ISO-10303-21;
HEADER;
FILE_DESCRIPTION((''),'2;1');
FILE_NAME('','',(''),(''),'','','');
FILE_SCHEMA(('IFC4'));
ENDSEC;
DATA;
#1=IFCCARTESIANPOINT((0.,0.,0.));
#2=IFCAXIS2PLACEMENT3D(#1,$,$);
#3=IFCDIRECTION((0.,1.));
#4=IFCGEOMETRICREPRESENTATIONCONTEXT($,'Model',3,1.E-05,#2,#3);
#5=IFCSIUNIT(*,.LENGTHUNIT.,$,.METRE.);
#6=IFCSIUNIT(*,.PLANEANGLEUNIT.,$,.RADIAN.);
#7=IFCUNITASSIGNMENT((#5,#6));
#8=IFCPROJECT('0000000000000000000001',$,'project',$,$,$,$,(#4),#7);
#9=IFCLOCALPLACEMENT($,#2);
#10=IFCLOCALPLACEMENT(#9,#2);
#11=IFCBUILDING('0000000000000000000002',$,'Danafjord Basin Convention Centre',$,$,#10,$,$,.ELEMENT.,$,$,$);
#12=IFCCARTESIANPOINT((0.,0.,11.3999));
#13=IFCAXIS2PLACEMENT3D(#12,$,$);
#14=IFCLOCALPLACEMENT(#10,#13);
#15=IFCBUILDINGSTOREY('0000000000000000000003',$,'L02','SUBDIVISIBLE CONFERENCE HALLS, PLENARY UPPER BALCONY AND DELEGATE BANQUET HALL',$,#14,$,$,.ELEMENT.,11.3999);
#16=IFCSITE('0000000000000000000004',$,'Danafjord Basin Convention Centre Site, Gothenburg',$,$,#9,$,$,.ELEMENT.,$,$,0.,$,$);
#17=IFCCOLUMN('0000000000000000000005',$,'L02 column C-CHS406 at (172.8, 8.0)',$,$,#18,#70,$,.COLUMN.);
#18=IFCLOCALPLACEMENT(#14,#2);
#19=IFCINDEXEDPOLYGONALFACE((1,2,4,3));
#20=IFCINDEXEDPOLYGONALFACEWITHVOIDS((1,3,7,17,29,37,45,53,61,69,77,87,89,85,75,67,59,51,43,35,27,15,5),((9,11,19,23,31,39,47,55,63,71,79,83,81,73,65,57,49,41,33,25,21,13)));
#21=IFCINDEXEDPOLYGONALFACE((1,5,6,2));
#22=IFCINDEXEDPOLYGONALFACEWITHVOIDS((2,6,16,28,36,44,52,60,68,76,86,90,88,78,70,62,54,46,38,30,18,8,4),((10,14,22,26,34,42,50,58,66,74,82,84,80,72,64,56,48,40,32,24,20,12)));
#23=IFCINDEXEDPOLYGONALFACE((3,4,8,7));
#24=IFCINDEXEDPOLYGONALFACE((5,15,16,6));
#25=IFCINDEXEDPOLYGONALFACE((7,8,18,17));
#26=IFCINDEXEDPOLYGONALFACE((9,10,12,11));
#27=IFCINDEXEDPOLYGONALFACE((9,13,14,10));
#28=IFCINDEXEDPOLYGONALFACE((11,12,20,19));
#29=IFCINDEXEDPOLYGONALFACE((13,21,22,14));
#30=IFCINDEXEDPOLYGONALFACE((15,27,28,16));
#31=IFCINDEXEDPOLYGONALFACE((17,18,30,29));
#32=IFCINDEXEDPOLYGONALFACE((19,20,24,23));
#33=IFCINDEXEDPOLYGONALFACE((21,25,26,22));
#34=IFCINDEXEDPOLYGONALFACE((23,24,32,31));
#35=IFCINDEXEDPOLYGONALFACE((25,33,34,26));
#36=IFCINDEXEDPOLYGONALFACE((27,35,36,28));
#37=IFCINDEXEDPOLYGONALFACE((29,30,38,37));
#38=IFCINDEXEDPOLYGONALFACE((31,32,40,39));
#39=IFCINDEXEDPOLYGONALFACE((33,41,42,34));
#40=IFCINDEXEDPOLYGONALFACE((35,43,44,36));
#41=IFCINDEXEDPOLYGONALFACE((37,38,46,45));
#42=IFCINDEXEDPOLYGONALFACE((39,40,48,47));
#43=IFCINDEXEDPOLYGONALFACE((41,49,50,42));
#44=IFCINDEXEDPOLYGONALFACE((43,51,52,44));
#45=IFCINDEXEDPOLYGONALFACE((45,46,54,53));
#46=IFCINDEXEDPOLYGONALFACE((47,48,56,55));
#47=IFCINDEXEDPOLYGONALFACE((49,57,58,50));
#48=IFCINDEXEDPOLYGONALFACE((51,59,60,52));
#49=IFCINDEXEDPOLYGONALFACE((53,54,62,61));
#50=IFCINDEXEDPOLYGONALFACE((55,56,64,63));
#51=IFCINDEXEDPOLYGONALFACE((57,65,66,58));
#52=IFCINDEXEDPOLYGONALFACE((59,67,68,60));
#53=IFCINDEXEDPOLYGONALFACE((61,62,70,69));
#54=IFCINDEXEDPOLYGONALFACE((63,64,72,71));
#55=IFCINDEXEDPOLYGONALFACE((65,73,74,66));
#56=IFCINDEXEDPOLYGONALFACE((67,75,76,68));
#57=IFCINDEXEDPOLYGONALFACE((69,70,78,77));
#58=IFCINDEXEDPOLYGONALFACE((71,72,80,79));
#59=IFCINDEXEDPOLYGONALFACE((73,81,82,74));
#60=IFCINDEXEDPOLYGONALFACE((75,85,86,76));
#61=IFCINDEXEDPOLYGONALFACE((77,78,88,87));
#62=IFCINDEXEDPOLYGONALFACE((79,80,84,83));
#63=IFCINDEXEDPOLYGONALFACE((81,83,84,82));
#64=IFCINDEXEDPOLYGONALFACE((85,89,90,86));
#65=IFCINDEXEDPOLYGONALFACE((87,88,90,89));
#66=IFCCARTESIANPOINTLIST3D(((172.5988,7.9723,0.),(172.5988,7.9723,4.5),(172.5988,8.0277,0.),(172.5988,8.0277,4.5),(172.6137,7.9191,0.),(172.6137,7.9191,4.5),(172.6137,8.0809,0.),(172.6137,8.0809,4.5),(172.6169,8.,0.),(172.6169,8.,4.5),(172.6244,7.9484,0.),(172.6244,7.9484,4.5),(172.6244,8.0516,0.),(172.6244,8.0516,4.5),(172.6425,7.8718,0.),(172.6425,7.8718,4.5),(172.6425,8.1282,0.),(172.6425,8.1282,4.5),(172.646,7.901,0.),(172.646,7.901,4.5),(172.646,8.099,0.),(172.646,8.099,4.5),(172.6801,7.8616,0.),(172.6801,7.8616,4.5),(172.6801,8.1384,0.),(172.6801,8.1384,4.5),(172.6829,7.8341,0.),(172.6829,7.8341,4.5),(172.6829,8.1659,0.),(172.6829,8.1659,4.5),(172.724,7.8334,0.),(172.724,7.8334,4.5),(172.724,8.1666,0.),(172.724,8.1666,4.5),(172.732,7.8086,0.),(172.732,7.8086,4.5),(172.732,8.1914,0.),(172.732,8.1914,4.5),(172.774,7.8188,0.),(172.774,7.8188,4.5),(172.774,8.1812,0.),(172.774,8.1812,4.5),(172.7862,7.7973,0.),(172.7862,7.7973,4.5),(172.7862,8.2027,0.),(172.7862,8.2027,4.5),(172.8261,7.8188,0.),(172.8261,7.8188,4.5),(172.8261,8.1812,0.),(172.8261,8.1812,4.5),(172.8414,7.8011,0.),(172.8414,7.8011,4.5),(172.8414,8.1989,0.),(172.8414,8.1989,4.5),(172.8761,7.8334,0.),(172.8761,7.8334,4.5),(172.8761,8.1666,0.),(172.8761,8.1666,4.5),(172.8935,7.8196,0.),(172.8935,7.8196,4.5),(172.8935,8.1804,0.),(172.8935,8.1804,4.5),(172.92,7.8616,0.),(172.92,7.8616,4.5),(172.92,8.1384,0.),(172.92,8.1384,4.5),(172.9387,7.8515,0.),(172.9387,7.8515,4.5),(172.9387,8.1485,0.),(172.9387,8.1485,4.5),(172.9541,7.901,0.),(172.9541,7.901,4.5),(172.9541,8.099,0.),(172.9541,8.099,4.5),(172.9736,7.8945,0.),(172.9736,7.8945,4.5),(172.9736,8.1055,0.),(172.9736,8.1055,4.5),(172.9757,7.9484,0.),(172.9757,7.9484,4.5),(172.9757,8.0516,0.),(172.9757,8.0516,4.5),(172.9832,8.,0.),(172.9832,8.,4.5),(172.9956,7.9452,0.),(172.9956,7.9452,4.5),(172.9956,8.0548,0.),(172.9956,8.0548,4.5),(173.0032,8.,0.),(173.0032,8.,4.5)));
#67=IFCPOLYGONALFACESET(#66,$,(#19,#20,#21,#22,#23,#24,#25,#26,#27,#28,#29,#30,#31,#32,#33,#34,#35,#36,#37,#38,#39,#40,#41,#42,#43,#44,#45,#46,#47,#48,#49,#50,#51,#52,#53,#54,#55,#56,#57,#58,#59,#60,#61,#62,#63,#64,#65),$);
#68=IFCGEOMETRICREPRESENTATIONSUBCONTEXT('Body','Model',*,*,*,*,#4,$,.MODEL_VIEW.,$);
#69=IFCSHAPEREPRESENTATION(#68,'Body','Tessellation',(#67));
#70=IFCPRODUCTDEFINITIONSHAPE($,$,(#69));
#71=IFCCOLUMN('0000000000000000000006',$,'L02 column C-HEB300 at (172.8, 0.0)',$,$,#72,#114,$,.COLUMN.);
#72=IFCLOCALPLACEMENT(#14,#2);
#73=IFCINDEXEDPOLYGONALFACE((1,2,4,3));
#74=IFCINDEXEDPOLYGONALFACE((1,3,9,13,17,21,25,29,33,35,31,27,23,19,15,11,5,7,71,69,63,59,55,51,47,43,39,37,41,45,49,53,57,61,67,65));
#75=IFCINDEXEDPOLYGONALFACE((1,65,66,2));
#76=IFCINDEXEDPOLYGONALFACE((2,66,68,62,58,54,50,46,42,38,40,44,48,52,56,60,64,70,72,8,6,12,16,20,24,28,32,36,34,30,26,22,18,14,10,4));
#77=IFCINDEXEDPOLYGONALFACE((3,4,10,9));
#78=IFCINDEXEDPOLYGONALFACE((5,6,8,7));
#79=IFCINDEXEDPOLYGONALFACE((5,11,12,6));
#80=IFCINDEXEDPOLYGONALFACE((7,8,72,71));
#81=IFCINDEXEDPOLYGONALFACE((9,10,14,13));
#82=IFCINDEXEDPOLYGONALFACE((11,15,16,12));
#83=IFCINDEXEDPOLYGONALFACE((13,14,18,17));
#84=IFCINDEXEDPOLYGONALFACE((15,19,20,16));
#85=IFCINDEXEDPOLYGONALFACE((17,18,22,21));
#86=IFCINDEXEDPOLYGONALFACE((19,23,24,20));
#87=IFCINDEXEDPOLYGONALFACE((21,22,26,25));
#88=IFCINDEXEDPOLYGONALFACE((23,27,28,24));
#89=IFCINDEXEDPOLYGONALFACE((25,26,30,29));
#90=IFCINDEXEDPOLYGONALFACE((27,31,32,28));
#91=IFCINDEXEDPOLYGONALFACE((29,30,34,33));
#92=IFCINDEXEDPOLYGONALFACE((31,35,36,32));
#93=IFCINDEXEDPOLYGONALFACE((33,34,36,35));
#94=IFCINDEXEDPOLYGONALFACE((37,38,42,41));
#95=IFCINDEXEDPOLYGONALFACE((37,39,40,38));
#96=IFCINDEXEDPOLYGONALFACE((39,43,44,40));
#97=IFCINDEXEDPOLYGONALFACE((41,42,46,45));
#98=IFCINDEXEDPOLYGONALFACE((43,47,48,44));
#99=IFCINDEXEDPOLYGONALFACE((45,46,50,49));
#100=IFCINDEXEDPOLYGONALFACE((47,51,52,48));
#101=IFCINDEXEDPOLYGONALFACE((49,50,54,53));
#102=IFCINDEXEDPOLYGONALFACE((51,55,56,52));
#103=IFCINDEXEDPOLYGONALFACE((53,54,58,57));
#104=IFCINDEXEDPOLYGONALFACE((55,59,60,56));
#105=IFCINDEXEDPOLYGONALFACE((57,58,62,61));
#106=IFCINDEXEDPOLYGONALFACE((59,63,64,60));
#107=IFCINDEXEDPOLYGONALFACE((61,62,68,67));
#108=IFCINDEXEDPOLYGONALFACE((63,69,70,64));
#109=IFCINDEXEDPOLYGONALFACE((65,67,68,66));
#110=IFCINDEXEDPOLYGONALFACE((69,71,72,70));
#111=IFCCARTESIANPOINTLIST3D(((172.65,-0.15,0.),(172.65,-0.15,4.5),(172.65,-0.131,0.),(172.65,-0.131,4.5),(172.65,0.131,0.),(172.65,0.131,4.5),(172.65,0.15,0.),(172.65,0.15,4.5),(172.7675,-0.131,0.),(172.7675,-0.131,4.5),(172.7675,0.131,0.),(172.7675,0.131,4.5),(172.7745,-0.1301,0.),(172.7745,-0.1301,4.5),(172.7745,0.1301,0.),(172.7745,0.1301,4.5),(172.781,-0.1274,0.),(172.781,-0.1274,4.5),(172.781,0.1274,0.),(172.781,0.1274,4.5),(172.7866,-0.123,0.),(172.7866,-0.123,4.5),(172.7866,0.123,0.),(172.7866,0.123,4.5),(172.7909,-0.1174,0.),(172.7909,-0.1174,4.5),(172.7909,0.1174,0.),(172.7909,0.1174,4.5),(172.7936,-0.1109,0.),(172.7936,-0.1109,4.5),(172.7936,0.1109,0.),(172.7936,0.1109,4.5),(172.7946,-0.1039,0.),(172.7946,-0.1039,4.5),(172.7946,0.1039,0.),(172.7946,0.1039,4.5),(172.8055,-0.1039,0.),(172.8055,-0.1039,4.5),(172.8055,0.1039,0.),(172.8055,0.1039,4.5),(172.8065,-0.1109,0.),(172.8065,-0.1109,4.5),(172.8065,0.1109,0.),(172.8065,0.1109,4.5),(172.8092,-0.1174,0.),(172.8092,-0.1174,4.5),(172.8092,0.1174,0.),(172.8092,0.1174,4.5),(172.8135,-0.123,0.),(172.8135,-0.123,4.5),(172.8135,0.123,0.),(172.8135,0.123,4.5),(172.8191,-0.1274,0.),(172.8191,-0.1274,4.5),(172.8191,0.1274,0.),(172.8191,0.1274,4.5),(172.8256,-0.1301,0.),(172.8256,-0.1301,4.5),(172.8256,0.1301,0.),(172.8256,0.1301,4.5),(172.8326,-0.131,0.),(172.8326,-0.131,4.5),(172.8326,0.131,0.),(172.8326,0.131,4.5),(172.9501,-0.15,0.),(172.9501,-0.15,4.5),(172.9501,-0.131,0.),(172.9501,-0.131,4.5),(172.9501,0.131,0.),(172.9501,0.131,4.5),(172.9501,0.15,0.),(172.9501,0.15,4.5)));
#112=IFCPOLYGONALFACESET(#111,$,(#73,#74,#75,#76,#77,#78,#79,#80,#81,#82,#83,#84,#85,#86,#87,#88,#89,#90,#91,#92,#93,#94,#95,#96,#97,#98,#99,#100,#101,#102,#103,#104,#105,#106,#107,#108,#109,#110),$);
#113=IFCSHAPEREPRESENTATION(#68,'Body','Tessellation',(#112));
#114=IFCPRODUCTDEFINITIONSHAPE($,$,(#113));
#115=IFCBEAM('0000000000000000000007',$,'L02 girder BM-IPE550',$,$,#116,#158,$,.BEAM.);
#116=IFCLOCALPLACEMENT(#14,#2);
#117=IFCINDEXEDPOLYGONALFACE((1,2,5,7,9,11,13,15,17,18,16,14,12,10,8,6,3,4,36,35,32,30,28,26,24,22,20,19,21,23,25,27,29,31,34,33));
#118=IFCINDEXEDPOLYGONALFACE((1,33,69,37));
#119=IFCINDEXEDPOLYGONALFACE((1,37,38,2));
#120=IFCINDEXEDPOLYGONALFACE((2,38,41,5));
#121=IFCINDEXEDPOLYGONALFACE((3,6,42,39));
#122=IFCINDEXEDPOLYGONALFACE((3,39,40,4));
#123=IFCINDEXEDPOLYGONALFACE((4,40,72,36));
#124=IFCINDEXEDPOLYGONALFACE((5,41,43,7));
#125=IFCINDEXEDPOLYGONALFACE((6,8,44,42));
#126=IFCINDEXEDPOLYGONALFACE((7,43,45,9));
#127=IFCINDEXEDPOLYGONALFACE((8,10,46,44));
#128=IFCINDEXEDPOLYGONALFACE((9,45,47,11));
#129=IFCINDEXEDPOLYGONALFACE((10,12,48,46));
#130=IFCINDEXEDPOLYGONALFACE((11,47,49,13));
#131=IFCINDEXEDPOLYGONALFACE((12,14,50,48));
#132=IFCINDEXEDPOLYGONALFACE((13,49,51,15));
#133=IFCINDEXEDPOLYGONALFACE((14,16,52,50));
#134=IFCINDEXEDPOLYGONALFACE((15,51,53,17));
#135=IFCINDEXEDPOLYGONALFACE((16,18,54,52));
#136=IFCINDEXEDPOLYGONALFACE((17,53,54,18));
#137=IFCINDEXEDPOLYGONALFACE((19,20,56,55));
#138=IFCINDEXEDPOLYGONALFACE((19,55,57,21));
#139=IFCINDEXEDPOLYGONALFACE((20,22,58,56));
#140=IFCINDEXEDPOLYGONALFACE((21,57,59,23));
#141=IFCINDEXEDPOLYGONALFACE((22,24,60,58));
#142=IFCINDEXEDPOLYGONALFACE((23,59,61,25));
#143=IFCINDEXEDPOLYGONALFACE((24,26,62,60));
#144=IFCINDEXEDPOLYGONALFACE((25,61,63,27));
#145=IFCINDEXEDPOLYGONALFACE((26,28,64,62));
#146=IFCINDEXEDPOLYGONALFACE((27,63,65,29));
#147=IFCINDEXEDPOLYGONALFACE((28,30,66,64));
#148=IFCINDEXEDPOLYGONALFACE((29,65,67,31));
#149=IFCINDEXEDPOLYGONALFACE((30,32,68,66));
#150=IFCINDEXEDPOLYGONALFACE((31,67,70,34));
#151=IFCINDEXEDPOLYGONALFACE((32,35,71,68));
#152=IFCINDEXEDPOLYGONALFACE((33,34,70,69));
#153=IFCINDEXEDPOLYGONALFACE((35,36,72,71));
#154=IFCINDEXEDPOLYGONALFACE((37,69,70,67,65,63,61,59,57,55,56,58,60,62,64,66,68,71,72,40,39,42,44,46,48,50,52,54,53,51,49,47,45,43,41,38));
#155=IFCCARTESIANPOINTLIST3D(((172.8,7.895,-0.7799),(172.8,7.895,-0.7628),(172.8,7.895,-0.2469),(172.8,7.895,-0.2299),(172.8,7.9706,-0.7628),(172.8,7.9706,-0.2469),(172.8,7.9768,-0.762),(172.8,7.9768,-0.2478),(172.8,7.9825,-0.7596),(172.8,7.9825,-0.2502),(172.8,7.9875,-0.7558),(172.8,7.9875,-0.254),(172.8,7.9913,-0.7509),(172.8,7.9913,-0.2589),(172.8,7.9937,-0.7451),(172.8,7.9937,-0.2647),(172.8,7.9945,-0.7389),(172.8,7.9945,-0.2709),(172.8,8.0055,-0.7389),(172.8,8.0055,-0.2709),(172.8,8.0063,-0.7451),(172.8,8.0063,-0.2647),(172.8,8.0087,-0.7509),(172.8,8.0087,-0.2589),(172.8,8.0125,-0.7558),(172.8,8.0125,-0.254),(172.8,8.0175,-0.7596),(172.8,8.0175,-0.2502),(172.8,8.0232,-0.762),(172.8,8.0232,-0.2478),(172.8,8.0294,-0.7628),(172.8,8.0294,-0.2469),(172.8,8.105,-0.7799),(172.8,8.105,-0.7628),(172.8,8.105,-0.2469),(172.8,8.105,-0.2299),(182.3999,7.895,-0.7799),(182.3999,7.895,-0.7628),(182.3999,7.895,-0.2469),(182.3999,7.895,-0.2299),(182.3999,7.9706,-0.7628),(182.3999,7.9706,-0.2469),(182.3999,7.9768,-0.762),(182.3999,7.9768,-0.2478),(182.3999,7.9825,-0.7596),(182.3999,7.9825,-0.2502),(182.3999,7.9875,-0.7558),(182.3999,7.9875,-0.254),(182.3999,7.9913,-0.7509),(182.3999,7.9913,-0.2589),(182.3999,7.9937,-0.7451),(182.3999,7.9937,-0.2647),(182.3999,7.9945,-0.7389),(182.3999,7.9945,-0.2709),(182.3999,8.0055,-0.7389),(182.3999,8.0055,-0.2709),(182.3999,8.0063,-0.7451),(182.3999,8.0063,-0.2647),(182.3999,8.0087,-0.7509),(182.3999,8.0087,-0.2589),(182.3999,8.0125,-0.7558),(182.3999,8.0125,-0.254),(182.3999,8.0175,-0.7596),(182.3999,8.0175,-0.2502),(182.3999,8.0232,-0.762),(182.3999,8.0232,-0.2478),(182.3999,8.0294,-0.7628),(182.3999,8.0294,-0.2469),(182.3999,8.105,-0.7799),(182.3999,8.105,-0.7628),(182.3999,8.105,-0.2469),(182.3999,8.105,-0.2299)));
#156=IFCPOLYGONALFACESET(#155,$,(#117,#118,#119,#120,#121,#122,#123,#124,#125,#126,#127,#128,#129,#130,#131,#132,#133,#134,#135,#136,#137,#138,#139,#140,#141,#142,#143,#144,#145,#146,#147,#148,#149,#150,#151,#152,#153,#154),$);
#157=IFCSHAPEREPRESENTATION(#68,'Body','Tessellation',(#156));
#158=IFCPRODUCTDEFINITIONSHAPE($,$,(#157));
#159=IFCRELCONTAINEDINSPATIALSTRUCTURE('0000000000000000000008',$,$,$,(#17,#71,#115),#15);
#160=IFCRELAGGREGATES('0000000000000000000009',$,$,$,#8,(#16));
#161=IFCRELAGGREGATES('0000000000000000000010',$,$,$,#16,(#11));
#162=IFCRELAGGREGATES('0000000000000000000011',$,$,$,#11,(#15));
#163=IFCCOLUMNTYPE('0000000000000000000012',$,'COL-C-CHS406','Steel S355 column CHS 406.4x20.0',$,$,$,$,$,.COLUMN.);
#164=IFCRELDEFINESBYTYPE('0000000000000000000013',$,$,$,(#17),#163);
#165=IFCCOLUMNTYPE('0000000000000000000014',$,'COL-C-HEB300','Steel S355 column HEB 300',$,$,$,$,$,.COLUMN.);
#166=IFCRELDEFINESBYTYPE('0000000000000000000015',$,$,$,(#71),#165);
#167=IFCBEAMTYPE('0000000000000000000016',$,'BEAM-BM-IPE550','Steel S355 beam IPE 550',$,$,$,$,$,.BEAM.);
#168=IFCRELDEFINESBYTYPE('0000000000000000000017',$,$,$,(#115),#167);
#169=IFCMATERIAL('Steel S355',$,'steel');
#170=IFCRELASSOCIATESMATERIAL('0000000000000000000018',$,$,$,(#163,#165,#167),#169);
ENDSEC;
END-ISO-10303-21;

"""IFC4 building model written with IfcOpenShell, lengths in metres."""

from ifc_helpers import new_model, si_unit, direction, frame, origin, origin_2d, place, context, subcontext, project, spatial, hollow_circle, i_section, extrude, material, material_profile, profile_set, type_object, element, save


model = new_model("IFC4")

# Units and contexts
model_context = context("Model", 3, precision=1e-05, world=origin(), true_north=direction((0.0, 1.0)))
body_context = subcontext(model_context, "Body", "Model", "MODEL_VIEW")
ifc_project = project(units=[si_unit("LENGTHUNIT", "METRE"), si_unit("PLANEANGLEUNIT", "RADIAN")], contexts=[model_context])

# Site, building, storey
site_placement = place(None, origin())
site = spatial("IfcSite", under=ifc_project, at=site_placement, Name="Danafjord Basin Convention Centre Site, Gothenburg", CompositionType="ELEMENT", RefElevation=0.0)
building_placement = place(site_placement, origin())
building = spatial("IfcBuilding", under=site, at=building_placement, Name="Danafjord Basin Convention Centre", CompositionType="ELEMENT")
storey_placement = place(building_placement, frame((0.0, 0.0, 11.3999)))
storey = spatial("IfcBuildingStorey", under=building, at=storey_placement, Name="L02", Description="SUBDIVISIBLE CONFERENCE HALLS, PLENARY UPPER BALCONY AND DELEGATE BANQUET HALL", CompositionType="ELEMENT", Elevation=11.3999)

# Columns
ifc_material_1 = material(Name="Steel S355", Category="steel")
ifc_material_profile_1 = material_profile(ifc_material_1, hollow_circle(Radius=0.2031, WallThickness=0.02, at=origin_2d()), Name="CHS 406.4x20.0")
ifc_profile_set_1 = profile_set([ifc_material_profile_1], Name="Steel S355")
column_type_1 = type_object("IfcColumnType", Name="COL-C-CHS406", Description="Steel S355 column CHS 406.4x20.0", PredefinedType="COLUMN", material=ifc_profile_set_1)
column_1_placement = place(storey_placement, frame((172.8, 8.0, 0.0), z_axis=(0.0, 0.0, 1.0), x_axis=(1.0, 0.0, 0.0)))
element("IfcColumn", 1, at=column_1_placement, inside=storey, type_object=column_type_1, Name="L02 column C-CHS406 at (172.8, 8.0)", PredefinedType="COLUMN", context=body_context, shape_type="SweptSolid", body=[
    extrude(hollow_circle(Radius=0.2031, WallThickness=0.02, at=origin_2d()), origin(), (0.0, 0.0, 1.0), 4.5),
])
ifc_material_profile_2 = material_profile(ifc_material_1, i_section(OverallWidth=0.3, OverallDepth=0.3, WebThickness=0.011, FlangeThickness=0.019, FilletRadius=0.0271, at=origin_2d()), Name="HEB 300")
ifc_profile_set_2 = profile_set([ifc_material_profile_2], Name="Steel S355")
column_type_2 = type_object("IfcColumnType", Name="COL-C-HEB300", Description="Steel S355 column HEB 300", PredefinedType="COLUMN", material=ifc_profile_set_2)
column_2_placement = place(storey_placement, frame((172.8, 0.0, 0.0), z_axis=(0.0, 0.0, 1.0), x_axis=(1.0, 0.0, 0.0)))
element("IfcColumn", 2, at=column_2_placement, inside=storey, type_object=column_type_2, Name="L02 column C-HEB300 at (172.8, 0.0)", PredefinedType="COLUMN", context=body_context, shape_type="SweptSolid", body=[
    extrude(i_section(OverallWidth=0.3, OverallDepth=0.3, WebThickness=0.011, FlangeThickness=0.019, FilletRadius=0.0271, at=origin_2d()), origin(), (0.0, 0.0, 1.0), 4.5),
])

# Beam
ifc_material_profile_3 = material_profile(ifc_material_1, i_section(OverallWidth=0.21, OverallDepth=0.55, WebThickness=0.011, FlangeThickness=0.0171, FilletRadius=0.0239, at=origin_2d()), Name="IPE 550")
ifc_profile_set_3 = profile_set([ifc_material_profile_3], Name="Steel S355")
beam_type_1 = type_object("IfcBeamType", Name="BEAM-BM-IPE550", Description="Steel S355 beam IPE 550", PredefinedType="BEAM", material=ifc_profile_set_3)
beam_1_placement = place(storey_placement, frame((172.8, 8.0, -0.5049), z_axis=(1.0, 0.0, 0.0), x_axis=(0.0, 1.0, 0.0)))
element("IfcBeam", 3, at=beam_1_placement, inside=storey, type_object=beam_type_1, Name="L02 girder BM-IPE550", PredefinedType="BEAM", context=body_context, shape_type="SweptSolid", body=[
    extrude(i_section(OverallWidth=0.21, OverallDepth=0.55, WebThickness=0.011, FlangeThickness=0.0171, FilletRadius=0.0239, at=origin_2d()), origin(), (0.0, 0.0, 1.0), 9.5999),
])

save(model, "model.ifc")
